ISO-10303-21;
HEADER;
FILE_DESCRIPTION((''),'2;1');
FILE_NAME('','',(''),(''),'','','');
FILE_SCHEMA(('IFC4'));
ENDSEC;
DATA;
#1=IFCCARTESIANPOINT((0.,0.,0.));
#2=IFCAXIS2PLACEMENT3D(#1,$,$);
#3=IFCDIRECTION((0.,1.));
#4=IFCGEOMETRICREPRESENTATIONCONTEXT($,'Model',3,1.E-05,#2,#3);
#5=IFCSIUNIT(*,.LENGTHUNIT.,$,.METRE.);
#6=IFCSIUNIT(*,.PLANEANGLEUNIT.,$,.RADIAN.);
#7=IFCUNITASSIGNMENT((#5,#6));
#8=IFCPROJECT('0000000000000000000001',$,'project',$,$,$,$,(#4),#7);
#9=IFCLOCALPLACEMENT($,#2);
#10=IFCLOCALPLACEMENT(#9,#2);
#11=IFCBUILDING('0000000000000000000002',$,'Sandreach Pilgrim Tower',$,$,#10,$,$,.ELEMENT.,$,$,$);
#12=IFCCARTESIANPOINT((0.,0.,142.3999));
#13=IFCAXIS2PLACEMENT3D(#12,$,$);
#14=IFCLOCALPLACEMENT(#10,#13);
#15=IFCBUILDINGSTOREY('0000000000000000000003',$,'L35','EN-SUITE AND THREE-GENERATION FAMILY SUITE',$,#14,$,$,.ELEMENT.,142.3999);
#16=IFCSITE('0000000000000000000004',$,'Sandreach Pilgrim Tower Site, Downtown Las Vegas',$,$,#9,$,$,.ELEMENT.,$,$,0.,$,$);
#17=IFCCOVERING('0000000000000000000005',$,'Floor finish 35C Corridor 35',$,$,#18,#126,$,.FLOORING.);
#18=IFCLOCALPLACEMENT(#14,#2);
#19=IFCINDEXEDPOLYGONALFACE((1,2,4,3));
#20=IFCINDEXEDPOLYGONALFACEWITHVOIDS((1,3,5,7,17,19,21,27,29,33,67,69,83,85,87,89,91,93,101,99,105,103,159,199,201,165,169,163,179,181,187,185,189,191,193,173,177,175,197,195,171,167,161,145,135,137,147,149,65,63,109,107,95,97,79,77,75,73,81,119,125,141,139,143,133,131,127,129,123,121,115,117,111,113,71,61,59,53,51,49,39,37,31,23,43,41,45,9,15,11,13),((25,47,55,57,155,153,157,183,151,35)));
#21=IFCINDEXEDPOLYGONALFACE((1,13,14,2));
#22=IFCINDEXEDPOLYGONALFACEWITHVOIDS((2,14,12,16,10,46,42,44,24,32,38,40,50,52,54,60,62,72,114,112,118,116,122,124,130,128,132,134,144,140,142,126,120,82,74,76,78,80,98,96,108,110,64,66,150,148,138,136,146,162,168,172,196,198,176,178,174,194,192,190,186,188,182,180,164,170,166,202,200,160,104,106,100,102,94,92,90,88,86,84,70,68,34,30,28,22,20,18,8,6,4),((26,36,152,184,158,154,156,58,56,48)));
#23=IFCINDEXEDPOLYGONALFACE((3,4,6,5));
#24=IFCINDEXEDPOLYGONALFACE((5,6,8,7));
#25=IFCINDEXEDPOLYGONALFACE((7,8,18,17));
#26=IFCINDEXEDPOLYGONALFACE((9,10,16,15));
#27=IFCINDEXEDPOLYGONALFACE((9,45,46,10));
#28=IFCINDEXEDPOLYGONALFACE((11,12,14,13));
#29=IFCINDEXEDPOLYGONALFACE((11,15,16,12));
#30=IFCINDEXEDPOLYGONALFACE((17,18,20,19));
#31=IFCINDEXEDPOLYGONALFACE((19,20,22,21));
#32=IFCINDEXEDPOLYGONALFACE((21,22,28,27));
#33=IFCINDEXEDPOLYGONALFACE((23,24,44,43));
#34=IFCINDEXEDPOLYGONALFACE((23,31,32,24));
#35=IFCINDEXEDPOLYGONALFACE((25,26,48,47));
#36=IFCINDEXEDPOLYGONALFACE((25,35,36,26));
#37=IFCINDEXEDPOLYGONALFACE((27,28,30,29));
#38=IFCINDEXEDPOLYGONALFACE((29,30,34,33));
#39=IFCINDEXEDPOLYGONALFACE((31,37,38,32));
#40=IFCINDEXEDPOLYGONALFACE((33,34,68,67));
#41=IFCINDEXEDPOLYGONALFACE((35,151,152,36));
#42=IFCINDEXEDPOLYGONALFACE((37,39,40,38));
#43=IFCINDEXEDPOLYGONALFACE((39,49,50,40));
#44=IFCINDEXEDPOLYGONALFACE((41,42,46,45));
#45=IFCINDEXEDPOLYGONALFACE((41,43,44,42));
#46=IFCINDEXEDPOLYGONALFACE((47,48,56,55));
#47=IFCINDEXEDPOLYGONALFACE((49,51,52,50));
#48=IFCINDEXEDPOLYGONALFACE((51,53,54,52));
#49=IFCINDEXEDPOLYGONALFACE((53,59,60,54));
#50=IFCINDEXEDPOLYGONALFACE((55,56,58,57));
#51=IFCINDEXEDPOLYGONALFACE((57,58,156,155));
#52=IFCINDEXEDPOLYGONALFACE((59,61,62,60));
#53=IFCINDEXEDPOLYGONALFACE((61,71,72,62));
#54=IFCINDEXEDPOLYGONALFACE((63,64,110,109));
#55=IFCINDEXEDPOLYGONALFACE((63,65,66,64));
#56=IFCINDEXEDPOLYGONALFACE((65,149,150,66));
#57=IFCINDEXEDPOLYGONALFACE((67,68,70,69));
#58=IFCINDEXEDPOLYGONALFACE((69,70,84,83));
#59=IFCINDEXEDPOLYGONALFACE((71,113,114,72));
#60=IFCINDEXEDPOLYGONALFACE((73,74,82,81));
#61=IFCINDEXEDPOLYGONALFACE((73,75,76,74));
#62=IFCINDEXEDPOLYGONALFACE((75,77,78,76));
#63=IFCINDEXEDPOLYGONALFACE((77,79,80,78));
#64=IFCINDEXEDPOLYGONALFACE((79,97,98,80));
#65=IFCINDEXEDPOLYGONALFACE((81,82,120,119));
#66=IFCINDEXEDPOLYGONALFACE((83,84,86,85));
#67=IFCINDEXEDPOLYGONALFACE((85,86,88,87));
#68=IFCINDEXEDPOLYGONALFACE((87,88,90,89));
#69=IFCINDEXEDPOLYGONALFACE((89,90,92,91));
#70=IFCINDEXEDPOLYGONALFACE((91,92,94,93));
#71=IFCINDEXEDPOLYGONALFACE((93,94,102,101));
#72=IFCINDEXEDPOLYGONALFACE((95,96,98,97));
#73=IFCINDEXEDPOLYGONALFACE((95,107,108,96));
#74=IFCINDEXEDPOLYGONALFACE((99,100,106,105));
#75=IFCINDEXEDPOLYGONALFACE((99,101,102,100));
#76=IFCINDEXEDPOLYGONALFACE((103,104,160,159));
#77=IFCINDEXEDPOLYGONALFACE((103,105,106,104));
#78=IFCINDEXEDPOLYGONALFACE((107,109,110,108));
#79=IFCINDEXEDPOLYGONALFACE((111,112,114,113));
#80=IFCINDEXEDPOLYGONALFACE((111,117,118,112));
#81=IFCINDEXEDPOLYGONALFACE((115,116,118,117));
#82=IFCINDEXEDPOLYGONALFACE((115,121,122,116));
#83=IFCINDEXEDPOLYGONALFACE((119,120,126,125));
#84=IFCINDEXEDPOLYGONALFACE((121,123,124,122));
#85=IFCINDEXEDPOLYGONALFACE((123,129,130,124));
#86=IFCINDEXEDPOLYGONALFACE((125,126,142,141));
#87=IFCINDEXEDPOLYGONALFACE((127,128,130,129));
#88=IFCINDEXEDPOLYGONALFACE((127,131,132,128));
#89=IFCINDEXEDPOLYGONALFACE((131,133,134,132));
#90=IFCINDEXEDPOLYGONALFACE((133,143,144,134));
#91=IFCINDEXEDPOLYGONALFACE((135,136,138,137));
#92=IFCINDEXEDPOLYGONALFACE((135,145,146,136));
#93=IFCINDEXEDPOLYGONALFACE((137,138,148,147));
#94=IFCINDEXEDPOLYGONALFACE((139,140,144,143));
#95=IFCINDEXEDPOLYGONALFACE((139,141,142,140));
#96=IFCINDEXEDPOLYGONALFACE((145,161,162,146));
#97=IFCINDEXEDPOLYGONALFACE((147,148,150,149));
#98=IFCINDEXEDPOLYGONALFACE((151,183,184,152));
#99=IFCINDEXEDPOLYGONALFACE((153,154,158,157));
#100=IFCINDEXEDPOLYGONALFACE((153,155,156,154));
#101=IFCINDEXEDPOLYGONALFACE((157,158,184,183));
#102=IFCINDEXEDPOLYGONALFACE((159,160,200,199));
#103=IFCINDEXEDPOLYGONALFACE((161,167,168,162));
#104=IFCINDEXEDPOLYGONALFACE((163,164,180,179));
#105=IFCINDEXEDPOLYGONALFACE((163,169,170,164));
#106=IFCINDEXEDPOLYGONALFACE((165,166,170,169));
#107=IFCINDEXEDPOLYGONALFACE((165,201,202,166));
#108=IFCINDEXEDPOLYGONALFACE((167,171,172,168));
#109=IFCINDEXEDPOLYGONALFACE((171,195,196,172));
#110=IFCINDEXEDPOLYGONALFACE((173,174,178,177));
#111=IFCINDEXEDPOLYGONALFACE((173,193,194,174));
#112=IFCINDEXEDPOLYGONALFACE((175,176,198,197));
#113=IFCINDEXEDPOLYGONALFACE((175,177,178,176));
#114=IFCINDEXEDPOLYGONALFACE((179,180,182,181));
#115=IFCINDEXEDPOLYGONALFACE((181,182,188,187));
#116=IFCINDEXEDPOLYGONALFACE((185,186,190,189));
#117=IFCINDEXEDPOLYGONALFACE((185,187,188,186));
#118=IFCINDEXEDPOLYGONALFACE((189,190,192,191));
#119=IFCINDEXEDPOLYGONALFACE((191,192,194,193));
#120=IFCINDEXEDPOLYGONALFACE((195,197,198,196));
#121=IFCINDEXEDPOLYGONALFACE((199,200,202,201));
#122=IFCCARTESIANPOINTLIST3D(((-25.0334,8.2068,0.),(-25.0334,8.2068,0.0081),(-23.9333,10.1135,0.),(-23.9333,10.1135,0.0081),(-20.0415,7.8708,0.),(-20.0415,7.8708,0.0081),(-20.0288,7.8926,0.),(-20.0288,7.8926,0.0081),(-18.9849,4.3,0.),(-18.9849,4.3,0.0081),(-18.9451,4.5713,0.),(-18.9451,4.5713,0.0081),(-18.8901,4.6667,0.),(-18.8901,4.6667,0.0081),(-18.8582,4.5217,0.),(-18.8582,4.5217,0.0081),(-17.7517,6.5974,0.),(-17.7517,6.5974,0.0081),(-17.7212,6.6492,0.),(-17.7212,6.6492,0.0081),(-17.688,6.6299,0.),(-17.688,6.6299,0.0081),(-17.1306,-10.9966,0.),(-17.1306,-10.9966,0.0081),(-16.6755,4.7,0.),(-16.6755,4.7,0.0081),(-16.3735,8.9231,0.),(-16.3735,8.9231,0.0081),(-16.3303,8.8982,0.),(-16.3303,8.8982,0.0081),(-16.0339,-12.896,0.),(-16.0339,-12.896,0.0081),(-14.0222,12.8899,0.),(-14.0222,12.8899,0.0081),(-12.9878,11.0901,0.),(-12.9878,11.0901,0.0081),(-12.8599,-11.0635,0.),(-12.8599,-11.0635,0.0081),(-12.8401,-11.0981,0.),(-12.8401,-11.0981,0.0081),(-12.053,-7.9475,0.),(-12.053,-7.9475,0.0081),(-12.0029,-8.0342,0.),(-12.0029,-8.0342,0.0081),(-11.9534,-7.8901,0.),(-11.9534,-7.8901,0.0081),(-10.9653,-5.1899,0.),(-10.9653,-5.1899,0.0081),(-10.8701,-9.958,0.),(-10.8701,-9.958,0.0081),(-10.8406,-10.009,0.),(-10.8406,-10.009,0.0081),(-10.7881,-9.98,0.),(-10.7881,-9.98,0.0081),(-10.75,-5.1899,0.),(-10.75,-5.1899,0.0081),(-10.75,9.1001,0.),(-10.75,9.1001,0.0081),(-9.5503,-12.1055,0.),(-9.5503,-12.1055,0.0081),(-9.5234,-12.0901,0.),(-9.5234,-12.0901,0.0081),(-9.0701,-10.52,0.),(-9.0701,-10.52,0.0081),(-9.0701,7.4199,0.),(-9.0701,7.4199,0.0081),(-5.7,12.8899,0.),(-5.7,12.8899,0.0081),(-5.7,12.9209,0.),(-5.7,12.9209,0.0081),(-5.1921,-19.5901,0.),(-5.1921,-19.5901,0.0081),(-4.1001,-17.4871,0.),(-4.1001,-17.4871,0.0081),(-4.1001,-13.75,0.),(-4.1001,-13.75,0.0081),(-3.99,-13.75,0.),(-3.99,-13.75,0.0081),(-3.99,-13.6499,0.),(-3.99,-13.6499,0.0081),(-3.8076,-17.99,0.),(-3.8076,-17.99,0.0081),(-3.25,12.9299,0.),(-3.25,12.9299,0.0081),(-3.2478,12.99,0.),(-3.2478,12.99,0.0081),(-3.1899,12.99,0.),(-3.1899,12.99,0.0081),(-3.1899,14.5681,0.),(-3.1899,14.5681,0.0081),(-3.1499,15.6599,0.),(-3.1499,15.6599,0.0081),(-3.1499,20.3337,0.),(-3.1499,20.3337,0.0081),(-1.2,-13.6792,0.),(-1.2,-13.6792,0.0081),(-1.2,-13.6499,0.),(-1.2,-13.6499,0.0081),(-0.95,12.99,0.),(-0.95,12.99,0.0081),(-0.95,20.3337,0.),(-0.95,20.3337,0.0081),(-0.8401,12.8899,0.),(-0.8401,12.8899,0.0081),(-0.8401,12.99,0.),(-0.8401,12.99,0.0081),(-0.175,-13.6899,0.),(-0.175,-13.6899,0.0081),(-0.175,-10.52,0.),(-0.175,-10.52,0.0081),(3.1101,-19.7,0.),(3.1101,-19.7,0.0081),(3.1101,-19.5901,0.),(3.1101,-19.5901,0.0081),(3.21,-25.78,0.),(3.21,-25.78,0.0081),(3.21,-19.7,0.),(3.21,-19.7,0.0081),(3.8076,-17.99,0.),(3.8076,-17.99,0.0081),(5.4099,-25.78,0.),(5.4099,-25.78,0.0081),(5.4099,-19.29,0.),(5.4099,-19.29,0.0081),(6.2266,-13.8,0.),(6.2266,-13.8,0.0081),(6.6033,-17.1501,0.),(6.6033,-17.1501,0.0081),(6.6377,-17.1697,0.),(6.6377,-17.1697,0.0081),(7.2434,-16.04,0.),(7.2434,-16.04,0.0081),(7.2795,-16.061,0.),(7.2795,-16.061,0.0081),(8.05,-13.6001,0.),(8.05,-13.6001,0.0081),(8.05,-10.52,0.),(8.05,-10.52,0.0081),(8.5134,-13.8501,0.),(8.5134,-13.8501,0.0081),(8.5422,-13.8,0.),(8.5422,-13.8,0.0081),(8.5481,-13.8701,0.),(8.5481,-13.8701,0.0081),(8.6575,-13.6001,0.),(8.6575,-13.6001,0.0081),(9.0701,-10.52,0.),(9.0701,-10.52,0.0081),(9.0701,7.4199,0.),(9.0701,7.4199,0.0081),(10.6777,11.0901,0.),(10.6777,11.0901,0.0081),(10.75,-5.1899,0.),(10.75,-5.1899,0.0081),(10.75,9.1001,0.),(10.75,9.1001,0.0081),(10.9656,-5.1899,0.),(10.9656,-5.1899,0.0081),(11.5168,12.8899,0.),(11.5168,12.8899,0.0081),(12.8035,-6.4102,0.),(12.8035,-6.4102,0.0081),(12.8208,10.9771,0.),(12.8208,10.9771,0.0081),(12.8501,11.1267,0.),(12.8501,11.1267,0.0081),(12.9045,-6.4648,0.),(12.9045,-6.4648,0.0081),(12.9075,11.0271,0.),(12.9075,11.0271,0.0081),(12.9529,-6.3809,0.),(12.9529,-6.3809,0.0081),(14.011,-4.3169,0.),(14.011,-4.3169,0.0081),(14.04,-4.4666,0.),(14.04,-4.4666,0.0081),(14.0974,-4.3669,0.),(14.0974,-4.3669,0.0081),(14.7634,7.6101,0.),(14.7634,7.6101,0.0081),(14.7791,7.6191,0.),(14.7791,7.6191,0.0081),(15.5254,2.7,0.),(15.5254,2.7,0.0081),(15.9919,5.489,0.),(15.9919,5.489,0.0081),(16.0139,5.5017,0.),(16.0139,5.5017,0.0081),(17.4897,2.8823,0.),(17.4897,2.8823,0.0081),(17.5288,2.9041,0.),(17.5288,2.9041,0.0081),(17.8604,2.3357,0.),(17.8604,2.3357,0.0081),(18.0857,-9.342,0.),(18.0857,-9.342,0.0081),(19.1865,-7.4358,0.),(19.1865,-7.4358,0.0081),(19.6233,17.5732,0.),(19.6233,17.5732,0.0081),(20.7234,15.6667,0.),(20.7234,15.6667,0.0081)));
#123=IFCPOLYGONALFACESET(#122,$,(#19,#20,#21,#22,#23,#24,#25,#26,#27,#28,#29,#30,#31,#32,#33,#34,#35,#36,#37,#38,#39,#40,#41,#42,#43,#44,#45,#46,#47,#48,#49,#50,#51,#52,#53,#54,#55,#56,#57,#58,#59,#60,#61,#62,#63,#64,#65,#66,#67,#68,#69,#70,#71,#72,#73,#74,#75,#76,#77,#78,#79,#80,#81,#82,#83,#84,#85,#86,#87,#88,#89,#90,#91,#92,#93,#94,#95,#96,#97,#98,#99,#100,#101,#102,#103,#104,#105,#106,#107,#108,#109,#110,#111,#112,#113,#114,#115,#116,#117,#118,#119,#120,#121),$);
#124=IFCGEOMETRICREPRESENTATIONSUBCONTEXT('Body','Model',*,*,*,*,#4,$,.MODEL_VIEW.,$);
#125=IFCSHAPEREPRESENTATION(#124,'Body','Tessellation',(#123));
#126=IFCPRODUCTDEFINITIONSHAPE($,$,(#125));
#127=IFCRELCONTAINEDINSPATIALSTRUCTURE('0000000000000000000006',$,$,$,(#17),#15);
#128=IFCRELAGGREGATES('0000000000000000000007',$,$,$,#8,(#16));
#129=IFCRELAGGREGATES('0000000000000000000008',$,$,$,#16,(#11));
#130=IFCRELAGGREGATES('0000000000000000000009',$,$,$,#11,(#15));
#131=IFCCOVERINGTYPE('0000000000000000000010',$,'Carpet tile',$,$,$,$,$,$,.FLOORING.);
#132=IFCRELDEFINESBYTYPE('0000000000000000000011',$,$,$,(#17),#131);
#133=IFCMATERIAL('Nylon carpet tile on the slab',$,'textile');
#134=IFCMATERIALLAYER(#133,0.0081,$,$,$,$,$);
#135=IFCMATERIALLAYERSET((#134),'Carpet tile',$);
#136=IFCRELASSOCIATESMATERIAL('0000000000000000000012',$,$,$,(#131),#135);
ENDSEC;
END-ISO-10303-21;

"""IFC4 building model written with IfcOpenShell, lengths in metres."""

from ifc_helpers import new_model, si_unit, direction, frame, origin, place, context, subcontext, project, spatial, polyline, outline, extrude, material, layer, layer_set, type_object, element, save


model = new_model("IFC4")

# Units and contexts
model_context = context("Model", 3, precision=1e-05, world=origin(), true_north=direction((0.0, 1.0)))
body_context = subcontext(model_context, "Body", "Model", "MODEL_VIEW")
ifc_project = project(units=[si_unit("LENGTHUNIT", "METRE"), si_unit("PLANEANGLEUNIT", "RADIAN")], contexts=[model_context])

# Site, building, storey
site_placement = place(None, origin())
site = spatial("IfcSite", under=ifc_project, at=site_placement, Name="Sandreach Pilgrim Tower Site, Downtown Las Vegas", CompositionType="ELEMENT", RefElevation=0.0)
building_placement = place(site_placement, origin())
building = spatial("IfcBuilding", under=site, at=building_placement, Name="Sandreach Pilgrim Tower", CompositionType="ELEMENT")
storey_placement = place(building_placement, frame((0.0, 0.0, 142.3999)))
storey = spatial("IfcBuildingStorey", under=building, at=storey_placement, Name="L35", Description="EN-SUITE AND THREE-GENERATION FAMILY SUITE", CompositionType="ELEMENT", Elevation=142.3999)

# Covering
ifc_material_1 = material(Name="Nylon carpet tile on the slab", Category="textile")
ifc_layer_1 = layer(ifc_material_1, 0.0081)
ifc_layer_set_1 = layer_set([ifc_layer_1], Name="Carpet tile")
covering_type_1 = type_object("IfcCoveringType", Name="Carpet tile", PredefinedType="FLOORING", material=ifc_layer_set_1)
covering_1_placement = place(storey_placement, origin())
element("IfcCovering", 1, at=covering_1_placement, inside=storey, type_object=covering_type_1, Name="Floor finish 35C Corridor 35", PredefinedType="FLOORING", context=body_context, shape_type="SweptSolid", body=[
    extrude(outline(polyline([(-25.0334, 8.2068), (-23.9333, 10.1135), (-20.0415, 7.8708), (-20.0288, 7.8926), (-17.7517, 6.5974), (-17.7212, 6.6492), (-17.688, 6.6299), (-16.3735, 8.9231), (-16.3303, 8.8982), (-14.0222, 12.8899), (-5.7, 12.8899), (-5.7, 12.9209), (-3.25, 12.9299), (-3.2478, 12.99), (-3.1899, 12.99), (-3.1899, 14.5681), (-3.1499, 15.6599), (-3.1499, 20.3337), (-0.95, 20.3337), (-0.95, 12.99), (-0.8401, 12.99), (-0.8401, 12.8899), (11.5168, 12.8899), (19.6233, 17.5732), (20.7234, 15.6667), (12.8501, 11.1267), (12.9075, 11.0271), (12.8208, 10.9771), (14.7634, 7.6101), (14.7791, 7.6191), (16.0139, 5.5017), (15.9919, 5.489), (17.4897, 2.8823), (17.5288, 2.9041), (17.8604, 2.3357), (14.011, -4.3169), (14.0974, -4.3669), (14.04, -4.4666), (19.1865, -7.4358), (18.0857, -9.342), (12.9529, -6.3809), (12.9045, -6.4648), (12.8035, -6.4102), (8.6575, -13.6001), (8.05, -13.6001), (8.05, -10.52), (9.0701, -10.52), (9.0701, 7.4199), (-9.0701, 7.4199), (-9.0701, -10.52), (-0.175, -10.52), (-0.175, -13.6899), (-1.2, -13.6792), (-1.2, -13.6499), (-3.99, -13.6499), (-3.99, -13.75), (-4.1001, -13.75), (-4.1001, -17.4871), (-3.8076, -17.99), (3.8076, -17.99), (6.2266, -13.8), (8.5422, -13.8), (8.5134, -13.8501), (8.5481, -13.8701), (7.2795, -16.061), (7.2434, -16.04), (6.6033, -17.1501), (6.6377, -17.1697), (5.4099, -19.29), (5.4099, -25.78), (3.21, -25.78), (3.21, -19.7), (3.1101, -19.7), (3.1101, -19.5901), (-5.1921, -19.5901), (-9.5234, -12.0901), (-9.5503, -12.1055), (-10.7881, -9.98), (-10.8406, -10.009), (-10.8701, -9.958), (-12.8401, -11.0981), (-12.8599, -11.0635), (-16.0339, -12.896), (-17.1306, -10.9966), (-12.0029, -8.0342), (-12.053, -7.9475), (-11.9534, -7.8901), (-18.9849, 4.3), (-18.8582, 4.5217), (-18.9451, 4.5713), (-18.8901, 4.6667), (-25.0334, 8.2068)]), holes=[polyline([(-10.9653, -5.1899), (-10.75, -5.1899), (-10.75, 9.1001), (10.75, 9.1001), (10.75, -5.1899), (10.9656, -5.1899), (15.5254, 2.7), (10.6777, 11.0901), (-12.9878, 11.0901), (-16.6755, 4.7), (-10.9653, -5.1899)])]), origin(), (0.0, 0.0, 1.0), 0.0081),
])

save(model, "model.ifc")
